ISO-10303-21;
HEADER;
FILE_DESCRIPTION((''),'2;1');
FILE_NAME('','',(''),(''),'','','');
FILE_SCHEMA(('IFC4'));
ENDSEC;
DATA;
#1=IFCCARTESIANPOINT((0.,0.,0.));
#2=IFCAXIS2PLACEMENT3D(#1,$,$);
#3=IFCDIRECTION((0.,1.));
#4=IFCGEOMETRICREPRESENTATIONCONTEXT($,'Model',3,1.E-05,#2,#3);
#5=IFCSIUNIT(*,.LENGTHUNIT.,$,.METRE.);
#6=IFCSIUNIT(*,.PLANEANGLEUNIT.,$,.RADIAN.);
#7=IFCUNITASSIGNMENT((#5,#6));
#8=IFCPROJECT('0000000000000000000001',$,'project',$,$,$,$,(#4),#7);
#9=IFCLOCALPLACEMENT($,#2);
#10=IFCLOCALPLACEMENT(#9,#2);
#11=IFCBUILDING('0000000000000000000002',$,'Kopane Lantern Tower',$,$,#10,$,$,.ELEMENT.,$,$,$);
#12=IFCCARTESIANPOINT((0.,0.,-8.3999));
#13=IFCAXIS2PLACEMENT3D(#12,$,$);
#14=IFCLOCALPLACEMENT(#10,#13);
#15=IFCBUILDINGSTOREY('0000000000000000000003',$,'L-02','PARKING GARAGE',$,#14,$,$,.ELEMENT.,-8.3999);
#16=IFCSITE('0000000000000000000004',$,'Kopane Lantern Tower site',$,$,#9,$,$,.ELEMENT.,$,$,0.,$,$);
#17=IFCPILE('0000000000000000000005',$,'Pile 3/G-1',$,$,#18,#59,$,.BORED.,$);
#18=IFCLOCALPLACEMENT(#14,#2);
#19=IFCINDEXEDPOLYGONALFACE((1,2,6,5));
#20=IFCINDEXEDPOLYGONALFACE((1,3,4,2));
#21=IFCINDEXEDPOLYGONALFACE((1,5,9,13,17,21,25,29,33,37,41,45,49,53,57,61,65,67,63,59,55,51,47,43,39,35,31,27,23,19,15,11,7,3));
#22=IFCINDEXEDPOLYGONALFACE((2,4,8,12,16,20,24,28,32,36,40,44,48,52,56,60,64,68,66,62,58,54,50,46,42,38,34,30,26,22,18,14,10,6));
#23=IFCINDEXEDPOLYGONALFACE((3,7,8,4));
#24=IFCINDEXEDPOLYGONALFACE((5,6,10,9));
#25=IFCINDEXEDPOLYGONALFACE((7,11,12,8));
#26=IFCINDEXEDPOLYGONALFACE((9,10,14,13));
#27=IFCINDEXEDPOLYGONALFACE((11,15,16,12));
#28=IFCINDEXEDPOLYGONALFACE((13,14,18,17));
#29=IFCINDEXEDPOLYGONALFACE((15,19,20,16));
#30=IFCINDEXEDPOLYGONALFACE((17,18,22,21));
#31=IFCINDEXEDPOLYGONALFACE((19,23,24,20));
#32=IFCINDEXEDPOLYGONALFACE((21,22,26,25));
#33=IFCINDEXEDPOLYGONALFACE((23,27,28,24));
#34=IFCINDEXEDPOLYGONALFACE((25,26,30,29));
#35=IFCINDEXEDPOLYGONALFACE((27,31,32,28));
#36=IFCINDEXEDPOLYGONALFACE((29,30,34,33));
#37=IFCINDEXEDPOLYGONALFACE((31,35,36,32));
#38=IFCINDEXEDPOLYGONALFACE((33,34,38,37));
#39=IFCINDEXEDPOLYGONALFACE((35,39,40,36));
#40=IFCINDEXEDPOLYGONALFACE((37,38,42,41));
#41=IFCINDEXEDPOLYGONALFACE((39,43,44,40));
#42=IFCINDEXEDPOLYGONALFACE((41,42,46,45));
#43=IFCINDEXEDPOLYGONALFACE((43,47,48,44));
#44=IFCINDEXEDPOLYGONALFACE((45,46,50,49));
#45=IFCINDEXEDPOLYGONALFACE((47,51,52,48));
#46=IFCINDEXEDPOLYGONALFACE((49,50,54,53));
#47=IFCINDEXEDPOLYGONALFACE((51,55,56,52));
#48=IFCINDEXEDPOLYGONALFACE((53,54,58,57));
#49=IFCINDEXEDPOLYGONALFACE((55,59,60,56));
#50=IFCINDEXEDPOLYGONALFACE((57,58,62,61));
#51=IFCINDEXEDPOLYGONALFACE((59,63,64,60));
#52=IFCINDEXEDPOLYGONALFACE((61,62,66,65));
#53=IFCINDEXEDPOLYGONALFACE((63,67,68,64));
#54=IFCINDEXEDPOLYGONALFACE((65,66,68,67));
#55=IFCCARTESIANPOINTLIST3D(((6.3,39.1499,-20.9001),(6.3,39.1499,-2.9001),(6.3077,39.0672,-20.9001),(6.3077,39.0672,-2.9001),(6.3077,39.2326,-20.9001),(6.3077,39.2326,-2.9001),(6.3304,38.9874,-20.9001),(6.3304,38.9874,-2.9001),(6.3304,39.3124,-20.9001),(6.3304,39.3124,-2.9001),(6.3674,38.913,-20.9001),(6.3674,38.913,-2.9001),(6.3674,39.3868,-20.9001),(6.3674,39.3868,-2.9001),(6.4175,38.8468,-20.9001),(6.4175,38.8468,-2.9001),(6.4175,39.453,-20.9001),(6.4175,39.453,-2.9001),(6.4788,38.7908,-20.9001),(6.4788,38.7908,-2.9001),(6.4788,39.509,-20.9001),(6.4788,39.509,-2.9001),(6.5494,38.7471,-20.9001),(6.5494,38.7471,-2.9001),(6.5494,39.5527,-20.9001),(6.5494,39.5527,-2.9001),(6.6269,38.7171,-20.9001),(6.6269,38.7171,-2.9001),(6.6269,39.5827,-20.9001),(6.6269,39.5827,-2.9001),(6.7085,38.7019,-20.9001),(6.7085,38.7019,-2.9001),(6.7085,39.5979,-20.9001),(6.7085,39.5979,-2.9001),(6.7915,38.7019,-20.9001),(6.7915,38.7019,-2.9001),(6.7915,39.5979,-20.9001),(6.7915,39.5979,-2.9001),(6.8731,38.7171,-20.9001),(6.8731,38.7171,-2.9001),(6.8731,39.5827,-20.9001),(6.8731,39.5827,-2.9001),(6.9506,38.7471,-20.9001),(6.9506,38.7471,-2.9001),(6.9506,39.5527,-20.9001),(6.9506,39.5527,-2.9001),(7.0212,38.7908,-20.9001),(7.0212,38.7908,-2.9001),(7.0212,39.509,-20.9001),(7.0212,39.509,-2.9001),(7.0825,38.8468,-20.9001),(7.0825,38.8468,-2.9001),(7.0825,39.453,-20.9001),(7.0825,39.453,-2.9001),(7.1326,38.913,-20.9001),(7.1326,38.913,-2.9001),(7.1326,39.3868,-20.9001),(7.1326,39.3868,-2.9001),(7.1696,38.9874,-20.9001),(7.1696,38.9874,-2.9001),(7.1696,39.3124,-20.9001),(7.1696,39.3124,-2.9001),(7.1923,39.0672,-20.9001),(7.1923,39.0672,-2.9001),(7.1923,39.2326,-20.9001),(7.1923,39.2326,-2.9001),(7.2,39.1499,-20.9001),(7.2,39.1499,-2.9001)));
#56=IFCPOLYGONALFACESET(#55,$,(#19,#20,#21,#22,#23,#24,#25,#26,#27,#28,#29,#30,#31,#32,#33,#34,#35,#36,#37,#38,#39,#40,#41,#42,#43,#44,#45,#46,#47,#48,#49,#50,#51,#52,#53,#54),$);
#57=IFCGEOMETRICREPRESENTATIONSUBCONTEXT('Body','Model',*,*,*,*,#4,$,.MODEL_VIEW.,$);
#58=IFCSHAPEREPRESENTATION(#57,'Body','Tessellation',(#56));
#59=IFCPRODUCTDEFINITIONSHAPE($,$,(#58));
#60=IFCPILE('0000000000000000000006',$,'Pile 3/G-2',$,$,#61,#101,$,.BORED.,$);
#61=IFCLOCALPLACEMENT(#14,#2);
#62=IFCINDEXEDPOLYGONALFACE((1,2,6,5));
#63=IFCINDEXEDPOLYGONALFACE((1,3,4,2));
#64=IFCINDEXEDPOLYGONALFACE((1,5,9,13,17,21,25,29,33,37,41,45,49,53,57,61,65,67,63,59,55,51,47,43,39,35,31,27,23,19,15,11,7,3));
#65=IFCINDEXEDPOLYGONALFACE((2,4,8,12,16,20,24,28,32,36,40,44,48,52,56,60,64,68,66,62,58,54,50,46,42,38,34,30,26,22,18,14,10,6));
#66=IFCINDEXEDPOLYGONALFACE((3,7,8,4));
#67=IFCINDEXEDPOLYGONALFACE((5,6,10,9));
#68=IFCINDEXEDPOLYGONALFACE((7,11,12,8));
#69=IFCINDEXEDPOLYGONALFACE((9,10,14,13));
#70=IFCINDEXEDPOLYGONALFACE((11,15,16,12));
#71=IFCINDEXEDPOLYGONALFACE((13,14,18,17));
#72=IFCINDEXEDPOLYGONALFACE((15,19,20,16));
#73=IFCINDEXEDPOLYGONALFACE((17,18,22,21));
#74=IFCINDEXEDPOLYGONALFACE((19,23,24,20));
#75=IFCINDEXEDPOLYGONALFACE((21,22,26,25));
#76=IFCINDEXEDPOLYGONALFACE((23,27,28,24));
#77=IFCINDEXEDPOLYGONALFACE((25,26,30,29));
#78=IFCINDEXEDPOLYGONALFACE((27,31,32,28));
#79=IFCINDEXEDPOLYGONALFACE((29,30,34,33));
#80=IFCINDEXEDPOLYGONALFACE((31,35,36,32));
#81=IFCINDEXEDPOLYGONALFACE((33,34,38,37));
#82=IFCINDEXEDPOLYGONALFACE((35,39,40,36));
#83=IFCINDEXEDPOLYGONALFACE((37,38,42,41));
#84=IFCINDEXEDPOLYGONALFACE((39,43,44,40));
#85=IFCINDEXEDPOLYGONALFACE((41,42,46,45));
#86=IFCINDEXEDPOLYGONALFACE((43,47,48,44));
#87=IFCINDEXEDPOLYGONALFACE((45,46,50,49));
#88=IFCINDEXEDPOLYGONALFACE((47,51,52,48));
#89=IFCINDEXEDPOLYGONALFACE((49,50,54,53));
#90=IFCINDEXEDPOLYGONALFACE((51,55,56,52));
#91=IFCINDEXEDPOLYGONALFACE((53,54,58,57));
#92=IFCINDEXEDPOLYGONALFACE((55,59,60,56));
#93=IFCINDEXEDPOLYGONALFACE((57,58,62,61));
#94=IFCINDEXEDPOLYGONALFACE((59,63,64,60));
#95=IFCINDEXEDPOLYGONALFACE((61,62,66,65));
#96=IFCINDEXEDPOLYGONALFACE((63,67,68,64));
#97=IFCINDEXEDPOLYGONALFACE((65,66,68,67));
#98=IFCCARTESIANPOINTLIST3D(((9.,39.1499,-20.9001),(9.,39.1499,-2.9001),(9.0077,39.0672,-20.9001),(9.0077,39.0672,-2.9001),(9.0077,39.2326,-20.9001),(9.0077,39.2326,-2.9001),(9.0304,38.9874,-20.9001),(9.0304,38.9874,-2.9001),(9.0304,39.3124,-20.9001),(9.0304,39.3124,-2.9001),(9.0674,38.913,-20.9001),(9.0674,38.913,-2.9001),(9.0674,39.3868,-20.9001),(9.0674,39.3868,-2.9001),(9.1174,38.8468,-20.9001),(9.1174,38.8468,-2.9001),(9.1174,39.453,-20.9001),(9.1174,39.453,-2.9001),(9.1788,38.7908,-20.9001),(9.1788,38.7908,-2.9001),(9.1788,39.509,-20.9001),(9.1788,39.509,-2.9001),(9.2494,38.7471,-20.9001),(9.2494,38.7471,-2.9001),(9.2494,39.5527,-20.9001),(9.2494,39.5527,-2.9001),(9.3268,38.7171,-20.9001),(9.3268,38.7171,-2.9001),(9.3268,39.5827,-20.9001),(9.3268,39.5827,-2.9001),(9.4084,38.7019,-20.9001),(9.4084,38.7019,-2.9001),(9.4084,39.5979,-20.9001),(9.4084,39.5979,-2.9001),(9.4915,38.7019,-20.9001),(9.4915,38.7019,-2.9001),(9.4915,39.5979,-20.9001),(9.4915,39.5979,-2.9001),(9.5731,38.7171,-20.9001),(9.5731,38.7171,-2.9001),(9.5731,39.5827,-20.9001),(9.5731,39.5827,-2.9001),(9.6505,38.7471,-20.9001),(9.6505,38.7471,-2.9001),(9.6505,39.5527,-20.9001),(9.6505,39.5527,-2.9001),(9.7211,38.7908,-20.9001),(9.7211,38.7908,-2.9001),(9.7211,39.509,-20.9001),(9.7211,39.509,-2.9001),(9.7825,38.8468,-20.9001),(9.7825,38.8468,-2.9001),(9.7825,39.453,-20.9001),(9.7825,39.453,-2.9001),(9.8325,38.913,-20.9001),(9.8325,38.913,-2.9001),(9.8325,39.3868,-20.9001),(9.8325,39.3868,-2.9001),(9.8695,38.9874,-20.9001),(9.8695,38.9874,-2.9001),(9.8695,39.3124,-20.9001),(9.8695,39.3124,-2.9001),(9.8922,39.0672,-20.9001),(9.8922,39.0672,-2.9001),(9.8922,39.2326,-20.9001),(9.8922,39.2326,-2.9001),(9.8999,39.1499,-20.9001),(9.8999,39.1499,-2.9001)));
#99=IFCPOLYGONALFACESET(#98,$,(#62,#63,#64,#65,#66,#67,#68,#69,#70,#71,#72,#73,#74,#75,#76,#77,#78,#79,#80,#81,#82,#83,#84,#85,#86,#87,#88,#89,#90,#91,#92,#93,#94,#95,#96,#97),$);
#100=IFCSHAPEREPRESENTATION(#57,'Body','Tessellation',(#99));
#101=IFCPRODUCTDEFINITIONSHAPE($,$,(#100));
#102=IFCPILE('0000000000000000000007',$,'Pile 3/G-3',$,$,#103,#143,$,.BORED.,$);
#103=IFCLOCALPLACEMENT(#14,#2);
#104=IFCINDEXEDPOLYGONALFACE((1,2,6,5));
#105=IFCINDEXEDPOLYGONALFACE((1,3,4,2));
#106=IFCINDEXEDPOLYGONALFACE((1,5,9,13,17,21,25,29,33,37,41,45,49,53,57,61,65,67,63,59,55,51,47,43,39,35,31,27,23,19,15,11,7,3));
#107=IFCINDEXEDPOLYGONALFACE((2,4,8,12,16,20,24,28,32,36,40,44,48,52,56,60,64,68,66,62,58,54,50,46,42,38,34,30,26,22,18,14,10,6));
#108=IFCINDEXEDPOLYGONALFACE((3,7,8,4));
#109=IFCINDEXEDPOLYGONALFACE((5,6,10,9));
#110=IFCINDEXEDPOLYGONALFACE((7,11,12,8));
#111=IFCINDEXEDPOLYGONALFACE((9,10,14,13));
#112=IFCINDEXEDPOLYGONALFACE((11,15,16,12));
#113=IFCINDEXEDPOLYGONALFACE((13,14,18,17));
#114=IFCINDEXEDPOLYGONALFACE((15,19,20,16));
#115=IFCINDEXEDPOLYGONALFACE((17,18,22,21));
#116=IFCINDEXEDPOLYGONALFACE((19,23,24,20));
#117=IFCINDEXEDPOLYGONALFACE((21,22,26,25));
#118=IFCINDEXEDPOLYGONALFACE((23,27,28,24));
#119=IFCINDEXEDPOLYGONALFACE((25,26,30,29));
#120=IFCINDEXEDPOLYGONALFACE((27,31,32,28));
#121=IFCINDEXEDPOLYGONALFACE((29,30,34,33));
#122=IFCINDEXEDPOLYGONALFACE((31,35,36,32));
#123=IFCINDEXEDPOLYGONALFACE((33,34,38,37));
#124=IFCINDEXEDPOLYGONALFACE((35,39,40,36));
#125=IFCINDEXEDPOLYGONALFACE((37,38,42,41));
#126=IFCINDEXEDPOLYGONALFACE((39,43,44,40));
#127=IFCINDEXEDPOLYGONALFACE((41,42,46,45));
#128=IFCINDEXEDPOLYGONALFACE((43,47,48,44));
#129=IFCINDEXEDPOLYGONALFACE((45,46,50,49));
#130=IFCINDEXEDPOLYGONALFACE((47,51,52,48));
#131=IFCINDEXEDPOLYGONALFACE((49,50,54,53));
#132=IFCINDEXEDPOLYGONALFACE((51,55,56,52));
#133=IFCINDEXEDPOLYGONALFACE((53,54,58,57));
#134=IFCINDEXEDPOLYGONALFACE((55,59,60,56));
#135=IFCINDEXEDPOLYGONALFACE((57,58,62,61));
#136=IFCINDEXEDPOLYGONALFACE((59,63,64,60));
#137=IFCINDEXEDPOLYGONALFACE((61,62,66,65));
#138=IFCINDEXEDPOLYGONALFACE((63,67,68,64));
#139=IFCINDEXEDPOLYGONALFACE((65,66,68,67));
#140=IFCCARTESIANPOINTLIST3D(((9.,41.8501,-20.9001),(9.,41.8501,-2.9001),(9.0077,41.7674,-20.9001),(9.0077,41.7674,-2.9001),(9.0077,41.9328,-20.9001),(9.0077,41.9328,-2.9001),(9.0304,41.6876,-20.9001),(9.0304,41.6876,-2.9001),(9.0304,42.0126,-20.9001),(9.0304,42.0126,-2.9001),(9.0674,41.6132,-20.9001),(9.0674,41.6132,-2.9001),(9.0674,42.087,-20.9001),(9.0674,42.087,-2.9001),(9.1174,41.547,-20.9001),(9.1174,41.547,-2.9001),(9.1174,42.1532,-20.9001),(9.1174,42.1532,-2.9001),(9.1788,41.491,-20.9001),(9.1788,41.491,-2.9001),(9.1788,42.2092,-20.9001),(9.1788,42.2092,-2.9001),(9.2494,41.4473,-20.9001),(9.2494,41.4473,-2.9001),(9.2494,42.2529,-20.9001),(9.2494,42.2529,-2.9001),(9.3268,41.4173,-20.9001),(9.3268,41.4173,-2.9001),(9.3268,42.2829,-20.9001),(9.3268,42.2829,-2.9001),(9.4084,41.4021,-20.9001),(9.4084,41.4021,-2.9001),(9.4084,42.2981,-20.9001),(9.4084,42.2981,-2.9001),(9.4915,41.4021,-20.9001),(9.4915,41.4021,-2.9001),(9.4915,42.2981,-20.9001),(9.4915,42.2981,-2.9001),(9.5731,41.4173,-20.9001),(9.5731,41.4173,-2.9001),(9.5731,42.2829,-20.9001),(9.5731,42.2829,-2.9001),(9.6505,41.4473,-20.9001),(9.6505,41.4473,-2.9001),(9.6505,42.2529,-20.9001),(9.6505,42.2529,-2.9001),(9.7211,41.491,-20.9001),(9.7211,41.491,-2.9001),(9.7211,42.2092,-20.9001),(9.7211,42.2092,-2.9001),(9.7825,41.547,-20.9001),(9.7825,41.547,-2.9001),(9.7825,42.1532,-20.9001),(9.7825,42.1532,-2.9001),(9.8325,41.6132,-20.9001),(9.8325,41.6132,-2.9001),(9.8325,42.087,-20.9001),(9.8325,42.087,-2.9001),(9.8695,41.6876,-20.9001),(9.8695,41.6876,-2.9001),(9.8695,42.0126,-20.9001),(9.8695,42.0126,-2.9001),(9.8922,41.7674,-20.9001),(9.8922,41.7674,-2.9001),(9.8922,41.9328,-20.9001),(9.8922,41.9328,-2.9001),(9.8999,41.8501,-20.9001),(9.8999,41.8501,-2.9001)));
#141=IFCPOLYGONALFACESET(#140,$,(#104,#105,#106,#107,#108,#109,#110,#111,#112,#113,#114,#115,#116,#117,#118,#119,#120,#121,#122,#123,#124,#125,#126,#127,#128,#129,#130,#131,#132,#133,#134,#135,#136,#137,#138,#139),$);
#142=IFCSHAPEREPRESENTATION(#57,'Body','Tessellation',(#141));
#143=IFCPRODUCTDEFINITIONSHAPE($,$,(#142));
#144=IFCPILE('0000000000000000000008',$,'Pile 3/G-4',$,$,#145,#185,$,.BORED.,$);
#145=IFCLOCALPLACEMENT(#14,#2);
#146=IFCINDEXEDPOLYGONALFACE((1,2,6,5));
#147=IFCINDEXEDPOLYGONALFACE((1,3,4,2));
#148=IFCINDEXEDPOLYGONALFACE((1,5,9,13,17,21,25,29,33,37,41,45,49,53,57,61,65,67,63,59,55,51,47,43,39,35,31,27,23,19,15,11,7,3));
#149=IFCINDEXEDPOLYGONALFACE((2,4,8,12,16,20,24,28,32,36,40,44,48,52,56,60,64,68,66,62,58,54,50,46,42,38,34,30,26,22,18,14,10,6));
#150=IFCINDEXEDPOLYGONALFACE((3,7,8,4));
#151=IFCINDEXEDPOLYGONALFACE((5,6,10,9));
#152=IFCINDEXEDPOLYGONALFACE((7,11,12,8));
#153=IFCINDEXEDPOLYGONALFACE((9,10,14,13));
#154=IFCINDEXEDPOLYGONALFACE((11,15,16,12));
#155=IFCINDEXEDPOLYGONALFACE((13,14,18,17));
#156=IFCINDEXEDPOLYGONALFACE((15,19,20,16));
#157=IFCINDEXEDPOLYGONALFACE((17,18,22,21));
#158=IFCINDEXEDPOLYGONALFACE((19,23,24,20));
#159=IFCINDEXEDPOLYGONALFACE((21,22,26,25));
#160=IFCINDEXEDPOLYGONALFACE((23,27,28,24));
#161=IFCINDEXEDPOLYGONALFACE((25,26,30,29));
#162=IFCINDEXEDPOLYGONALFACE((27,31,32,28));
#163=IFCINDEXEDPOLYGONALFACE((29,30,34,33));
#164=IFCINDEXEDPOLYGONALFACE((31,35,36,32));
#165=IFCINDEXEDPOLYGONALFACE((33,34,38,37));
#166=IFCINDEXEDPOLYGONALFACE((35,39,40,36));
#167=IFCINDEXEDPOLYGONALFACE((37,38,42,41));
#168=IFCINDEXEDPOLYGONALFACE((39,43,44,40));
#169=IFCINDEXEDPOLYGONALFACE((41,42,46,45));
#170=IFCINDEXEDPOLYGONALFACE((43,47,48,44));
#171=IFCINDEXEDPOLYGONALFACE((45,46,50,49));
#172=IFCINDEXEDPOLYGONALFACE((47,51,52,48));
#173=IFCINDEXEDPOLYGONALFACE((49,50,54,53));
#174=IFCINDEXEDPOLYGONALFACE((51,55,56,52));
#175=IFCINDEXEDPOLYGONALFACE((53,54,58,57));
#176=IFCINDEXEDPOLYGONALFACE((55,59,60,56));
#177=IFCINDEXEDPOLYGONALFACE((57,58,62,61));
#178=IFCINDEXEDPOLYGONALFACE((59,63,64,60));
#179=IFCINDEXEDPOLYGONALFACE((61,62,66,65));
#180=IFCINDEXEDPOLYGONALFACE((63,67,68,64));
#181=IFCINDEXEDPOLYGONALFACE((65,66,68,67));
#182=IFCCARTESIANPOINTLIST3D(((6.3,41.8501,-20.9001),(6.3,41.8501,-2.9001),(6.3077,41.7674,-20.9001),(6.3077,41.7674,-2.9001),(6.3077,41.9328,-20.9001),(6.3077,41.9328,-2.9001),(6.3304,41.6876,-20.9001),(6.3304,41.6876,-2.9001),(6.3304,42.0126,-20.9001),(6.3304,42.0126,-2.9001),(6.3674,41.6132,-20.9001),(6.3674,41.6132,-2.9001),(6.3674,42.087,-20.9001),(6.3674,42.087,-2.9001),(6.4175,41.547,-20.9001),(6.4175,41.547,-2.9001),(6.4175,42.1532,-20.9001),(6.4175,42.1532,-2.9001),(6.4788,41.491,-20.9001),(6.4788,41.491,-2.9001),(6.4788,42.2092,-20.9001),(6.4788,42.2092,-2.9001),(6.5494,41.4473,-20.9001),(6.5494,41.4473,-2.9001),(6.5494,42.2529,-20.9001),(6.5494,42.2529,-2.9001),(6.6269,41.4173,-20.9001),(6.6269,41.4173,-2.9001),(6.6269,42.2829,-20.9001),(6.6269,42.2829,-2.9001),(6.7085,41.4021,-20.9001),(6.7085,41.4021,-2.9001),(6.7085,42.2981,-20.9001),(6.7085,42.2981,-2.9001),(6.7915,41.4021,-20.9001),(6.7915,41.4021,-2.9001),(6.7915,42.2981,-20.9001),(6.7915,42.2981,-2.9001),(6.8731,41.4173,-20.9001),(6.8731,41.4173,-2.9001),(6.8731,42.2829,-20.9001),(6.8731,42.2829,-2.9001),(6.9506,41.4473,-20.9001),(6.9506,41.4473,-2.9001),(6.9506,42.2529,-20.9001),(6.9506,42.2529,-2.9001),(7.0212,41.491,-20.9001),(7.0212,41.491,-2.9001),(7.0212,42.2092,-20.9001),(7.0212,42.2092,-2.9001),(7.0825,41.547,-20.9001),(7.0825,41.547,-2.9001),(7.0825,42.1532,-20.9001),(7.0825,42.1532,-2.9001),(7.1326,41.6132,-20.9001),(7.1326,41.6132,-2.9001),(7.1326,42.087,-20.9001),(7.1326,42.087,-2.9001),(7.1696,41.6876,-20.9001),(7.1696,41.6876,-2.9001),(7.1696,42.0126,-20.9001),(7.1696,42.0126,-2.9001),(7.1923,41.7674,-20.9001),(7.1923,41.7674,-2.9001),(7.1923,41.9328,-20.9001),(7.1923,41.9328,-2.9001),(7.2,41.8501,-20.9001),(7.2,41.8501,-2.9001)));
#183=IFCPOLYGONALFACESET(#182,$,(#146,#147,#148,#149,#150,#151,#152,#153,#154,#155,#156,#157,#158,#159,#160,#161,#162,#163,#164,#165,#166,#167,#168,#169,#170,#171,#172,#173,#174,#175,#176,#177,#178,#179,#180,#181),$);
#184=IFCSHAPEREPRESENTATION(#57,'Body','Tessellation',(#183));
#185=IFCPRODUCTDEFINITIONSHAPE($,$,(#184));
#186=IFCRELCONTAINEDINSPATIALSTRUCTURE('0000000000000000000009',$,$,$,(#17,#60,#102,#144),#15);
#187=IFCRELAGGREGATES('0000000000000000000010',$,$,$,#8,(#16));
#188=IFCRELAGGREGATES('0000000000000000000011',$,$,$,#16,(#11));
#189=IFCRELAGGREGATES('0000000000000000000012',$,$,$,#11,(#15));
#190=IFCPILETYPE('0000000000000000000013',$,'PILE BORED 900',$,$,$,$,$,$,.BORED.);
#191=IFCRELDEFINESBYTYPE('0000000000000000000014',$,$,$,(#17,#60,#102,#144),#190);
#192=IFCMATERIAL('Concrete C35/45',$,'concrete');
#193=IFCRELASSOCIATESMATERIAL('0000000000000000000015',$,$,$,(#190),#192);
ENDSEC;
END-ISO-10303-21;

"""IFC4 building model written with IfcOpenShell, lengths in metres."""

from ifc_helpers import new_model, si_unit, direction, frame, origin, origin_2d, place, context, subcontext, project, spatial, circle, extrude, material, material_profile, profile_set, type_object, element, save


model = new_model("IFC4")

# Units and contexts
model_context = context("Model", 3, precision=1e-05, world=origin(), true_north=direction((0.0, 1.0)))
body_context = subcontext(model_context, "Body", "Model", "MODEL_VIEW")
ifc_project = project(units=[si_unit("LENGTHUNIT", "METRE"), si_unit("PLANEANGLEUNIT", "RADIAN")], contexts=[model_context])

# Site, building, storey
site_placement = place(None, origin())
site = spatial("IfcSite", under=ifc_project, at=site_placement, Name="Kopane Lantern Tower site", CompositionType="ELEMENT", RefElevation=0.0)
building_placement = place(site_placement, origin())
building = spatial("IfcBuilding", under=site, at=building_placement, Name="Kopane Lantern Tower", CompositionType="ELEMENT")
storey_placement = place(building_placement, frame((0.0, 0.0, -8.3999)))
storey = spatial("IfcBuildingStorey", under=building, at=storey_placement, Name="L-02", Description="PARKING GARAGE", CompositionType="ELEMENT", Elevation=-8.3999)

# Piles
ifc_material_1 = material(Name="Concrete C35/45", Category="concrete")
ifc_material_profile_1 = material_profile(ifc_material_1, circle(Radius=0.45, at=origin_2d()), Name="D900")
ifc_profile_set_1 = profile_set([ifc_material_profile_1], Name="Concrete C35/45")
pile_type_1 = type_object("IfcPileType", Name="PILE BORED 900", PredefinedType="BORED", material=ifc_profile_set_1)
for number, where, z_axis, x_axis, name in (
    (1, (6.75, 39.1499, -2.9001), (0.0, 0.0, -1.0), (1.0, 0.0, 0.0), "Pile 3/G-1"),
    (2, (9.45, 39.1499, -2.9001), (0.0, 0.0, -1.0), (1.0, 0.0, 0.0), "Pile 3/G-2"),
    (3, (9.45, 41.8501, -2.9001), (0.0, 0.0, -1.0), (1.0, 0.0, 0.0), "Pile 3/G-3"),
    (4, (6.75, 41.8501, -2.9001), (0.0, 0.0, -1.0), (1.0, 0.0, 0.0), "Pile 3/G-4"),
):
    element("IfcPile", number, at=place(storey_placement, frame(where, z_axis=z_axis, x_axis=x_axis)), inside=storey, type_object=pile_type_1, Name=name, PredefinedType="BORED", context=body_context, shape_type="SweptSolid", body=[
        extrude(circle(Radius=0.45, at=origin_2d()), origin(), (0.0, 0.0, 1.0), 18.0),
    ])

save(model, "model.ifc")
